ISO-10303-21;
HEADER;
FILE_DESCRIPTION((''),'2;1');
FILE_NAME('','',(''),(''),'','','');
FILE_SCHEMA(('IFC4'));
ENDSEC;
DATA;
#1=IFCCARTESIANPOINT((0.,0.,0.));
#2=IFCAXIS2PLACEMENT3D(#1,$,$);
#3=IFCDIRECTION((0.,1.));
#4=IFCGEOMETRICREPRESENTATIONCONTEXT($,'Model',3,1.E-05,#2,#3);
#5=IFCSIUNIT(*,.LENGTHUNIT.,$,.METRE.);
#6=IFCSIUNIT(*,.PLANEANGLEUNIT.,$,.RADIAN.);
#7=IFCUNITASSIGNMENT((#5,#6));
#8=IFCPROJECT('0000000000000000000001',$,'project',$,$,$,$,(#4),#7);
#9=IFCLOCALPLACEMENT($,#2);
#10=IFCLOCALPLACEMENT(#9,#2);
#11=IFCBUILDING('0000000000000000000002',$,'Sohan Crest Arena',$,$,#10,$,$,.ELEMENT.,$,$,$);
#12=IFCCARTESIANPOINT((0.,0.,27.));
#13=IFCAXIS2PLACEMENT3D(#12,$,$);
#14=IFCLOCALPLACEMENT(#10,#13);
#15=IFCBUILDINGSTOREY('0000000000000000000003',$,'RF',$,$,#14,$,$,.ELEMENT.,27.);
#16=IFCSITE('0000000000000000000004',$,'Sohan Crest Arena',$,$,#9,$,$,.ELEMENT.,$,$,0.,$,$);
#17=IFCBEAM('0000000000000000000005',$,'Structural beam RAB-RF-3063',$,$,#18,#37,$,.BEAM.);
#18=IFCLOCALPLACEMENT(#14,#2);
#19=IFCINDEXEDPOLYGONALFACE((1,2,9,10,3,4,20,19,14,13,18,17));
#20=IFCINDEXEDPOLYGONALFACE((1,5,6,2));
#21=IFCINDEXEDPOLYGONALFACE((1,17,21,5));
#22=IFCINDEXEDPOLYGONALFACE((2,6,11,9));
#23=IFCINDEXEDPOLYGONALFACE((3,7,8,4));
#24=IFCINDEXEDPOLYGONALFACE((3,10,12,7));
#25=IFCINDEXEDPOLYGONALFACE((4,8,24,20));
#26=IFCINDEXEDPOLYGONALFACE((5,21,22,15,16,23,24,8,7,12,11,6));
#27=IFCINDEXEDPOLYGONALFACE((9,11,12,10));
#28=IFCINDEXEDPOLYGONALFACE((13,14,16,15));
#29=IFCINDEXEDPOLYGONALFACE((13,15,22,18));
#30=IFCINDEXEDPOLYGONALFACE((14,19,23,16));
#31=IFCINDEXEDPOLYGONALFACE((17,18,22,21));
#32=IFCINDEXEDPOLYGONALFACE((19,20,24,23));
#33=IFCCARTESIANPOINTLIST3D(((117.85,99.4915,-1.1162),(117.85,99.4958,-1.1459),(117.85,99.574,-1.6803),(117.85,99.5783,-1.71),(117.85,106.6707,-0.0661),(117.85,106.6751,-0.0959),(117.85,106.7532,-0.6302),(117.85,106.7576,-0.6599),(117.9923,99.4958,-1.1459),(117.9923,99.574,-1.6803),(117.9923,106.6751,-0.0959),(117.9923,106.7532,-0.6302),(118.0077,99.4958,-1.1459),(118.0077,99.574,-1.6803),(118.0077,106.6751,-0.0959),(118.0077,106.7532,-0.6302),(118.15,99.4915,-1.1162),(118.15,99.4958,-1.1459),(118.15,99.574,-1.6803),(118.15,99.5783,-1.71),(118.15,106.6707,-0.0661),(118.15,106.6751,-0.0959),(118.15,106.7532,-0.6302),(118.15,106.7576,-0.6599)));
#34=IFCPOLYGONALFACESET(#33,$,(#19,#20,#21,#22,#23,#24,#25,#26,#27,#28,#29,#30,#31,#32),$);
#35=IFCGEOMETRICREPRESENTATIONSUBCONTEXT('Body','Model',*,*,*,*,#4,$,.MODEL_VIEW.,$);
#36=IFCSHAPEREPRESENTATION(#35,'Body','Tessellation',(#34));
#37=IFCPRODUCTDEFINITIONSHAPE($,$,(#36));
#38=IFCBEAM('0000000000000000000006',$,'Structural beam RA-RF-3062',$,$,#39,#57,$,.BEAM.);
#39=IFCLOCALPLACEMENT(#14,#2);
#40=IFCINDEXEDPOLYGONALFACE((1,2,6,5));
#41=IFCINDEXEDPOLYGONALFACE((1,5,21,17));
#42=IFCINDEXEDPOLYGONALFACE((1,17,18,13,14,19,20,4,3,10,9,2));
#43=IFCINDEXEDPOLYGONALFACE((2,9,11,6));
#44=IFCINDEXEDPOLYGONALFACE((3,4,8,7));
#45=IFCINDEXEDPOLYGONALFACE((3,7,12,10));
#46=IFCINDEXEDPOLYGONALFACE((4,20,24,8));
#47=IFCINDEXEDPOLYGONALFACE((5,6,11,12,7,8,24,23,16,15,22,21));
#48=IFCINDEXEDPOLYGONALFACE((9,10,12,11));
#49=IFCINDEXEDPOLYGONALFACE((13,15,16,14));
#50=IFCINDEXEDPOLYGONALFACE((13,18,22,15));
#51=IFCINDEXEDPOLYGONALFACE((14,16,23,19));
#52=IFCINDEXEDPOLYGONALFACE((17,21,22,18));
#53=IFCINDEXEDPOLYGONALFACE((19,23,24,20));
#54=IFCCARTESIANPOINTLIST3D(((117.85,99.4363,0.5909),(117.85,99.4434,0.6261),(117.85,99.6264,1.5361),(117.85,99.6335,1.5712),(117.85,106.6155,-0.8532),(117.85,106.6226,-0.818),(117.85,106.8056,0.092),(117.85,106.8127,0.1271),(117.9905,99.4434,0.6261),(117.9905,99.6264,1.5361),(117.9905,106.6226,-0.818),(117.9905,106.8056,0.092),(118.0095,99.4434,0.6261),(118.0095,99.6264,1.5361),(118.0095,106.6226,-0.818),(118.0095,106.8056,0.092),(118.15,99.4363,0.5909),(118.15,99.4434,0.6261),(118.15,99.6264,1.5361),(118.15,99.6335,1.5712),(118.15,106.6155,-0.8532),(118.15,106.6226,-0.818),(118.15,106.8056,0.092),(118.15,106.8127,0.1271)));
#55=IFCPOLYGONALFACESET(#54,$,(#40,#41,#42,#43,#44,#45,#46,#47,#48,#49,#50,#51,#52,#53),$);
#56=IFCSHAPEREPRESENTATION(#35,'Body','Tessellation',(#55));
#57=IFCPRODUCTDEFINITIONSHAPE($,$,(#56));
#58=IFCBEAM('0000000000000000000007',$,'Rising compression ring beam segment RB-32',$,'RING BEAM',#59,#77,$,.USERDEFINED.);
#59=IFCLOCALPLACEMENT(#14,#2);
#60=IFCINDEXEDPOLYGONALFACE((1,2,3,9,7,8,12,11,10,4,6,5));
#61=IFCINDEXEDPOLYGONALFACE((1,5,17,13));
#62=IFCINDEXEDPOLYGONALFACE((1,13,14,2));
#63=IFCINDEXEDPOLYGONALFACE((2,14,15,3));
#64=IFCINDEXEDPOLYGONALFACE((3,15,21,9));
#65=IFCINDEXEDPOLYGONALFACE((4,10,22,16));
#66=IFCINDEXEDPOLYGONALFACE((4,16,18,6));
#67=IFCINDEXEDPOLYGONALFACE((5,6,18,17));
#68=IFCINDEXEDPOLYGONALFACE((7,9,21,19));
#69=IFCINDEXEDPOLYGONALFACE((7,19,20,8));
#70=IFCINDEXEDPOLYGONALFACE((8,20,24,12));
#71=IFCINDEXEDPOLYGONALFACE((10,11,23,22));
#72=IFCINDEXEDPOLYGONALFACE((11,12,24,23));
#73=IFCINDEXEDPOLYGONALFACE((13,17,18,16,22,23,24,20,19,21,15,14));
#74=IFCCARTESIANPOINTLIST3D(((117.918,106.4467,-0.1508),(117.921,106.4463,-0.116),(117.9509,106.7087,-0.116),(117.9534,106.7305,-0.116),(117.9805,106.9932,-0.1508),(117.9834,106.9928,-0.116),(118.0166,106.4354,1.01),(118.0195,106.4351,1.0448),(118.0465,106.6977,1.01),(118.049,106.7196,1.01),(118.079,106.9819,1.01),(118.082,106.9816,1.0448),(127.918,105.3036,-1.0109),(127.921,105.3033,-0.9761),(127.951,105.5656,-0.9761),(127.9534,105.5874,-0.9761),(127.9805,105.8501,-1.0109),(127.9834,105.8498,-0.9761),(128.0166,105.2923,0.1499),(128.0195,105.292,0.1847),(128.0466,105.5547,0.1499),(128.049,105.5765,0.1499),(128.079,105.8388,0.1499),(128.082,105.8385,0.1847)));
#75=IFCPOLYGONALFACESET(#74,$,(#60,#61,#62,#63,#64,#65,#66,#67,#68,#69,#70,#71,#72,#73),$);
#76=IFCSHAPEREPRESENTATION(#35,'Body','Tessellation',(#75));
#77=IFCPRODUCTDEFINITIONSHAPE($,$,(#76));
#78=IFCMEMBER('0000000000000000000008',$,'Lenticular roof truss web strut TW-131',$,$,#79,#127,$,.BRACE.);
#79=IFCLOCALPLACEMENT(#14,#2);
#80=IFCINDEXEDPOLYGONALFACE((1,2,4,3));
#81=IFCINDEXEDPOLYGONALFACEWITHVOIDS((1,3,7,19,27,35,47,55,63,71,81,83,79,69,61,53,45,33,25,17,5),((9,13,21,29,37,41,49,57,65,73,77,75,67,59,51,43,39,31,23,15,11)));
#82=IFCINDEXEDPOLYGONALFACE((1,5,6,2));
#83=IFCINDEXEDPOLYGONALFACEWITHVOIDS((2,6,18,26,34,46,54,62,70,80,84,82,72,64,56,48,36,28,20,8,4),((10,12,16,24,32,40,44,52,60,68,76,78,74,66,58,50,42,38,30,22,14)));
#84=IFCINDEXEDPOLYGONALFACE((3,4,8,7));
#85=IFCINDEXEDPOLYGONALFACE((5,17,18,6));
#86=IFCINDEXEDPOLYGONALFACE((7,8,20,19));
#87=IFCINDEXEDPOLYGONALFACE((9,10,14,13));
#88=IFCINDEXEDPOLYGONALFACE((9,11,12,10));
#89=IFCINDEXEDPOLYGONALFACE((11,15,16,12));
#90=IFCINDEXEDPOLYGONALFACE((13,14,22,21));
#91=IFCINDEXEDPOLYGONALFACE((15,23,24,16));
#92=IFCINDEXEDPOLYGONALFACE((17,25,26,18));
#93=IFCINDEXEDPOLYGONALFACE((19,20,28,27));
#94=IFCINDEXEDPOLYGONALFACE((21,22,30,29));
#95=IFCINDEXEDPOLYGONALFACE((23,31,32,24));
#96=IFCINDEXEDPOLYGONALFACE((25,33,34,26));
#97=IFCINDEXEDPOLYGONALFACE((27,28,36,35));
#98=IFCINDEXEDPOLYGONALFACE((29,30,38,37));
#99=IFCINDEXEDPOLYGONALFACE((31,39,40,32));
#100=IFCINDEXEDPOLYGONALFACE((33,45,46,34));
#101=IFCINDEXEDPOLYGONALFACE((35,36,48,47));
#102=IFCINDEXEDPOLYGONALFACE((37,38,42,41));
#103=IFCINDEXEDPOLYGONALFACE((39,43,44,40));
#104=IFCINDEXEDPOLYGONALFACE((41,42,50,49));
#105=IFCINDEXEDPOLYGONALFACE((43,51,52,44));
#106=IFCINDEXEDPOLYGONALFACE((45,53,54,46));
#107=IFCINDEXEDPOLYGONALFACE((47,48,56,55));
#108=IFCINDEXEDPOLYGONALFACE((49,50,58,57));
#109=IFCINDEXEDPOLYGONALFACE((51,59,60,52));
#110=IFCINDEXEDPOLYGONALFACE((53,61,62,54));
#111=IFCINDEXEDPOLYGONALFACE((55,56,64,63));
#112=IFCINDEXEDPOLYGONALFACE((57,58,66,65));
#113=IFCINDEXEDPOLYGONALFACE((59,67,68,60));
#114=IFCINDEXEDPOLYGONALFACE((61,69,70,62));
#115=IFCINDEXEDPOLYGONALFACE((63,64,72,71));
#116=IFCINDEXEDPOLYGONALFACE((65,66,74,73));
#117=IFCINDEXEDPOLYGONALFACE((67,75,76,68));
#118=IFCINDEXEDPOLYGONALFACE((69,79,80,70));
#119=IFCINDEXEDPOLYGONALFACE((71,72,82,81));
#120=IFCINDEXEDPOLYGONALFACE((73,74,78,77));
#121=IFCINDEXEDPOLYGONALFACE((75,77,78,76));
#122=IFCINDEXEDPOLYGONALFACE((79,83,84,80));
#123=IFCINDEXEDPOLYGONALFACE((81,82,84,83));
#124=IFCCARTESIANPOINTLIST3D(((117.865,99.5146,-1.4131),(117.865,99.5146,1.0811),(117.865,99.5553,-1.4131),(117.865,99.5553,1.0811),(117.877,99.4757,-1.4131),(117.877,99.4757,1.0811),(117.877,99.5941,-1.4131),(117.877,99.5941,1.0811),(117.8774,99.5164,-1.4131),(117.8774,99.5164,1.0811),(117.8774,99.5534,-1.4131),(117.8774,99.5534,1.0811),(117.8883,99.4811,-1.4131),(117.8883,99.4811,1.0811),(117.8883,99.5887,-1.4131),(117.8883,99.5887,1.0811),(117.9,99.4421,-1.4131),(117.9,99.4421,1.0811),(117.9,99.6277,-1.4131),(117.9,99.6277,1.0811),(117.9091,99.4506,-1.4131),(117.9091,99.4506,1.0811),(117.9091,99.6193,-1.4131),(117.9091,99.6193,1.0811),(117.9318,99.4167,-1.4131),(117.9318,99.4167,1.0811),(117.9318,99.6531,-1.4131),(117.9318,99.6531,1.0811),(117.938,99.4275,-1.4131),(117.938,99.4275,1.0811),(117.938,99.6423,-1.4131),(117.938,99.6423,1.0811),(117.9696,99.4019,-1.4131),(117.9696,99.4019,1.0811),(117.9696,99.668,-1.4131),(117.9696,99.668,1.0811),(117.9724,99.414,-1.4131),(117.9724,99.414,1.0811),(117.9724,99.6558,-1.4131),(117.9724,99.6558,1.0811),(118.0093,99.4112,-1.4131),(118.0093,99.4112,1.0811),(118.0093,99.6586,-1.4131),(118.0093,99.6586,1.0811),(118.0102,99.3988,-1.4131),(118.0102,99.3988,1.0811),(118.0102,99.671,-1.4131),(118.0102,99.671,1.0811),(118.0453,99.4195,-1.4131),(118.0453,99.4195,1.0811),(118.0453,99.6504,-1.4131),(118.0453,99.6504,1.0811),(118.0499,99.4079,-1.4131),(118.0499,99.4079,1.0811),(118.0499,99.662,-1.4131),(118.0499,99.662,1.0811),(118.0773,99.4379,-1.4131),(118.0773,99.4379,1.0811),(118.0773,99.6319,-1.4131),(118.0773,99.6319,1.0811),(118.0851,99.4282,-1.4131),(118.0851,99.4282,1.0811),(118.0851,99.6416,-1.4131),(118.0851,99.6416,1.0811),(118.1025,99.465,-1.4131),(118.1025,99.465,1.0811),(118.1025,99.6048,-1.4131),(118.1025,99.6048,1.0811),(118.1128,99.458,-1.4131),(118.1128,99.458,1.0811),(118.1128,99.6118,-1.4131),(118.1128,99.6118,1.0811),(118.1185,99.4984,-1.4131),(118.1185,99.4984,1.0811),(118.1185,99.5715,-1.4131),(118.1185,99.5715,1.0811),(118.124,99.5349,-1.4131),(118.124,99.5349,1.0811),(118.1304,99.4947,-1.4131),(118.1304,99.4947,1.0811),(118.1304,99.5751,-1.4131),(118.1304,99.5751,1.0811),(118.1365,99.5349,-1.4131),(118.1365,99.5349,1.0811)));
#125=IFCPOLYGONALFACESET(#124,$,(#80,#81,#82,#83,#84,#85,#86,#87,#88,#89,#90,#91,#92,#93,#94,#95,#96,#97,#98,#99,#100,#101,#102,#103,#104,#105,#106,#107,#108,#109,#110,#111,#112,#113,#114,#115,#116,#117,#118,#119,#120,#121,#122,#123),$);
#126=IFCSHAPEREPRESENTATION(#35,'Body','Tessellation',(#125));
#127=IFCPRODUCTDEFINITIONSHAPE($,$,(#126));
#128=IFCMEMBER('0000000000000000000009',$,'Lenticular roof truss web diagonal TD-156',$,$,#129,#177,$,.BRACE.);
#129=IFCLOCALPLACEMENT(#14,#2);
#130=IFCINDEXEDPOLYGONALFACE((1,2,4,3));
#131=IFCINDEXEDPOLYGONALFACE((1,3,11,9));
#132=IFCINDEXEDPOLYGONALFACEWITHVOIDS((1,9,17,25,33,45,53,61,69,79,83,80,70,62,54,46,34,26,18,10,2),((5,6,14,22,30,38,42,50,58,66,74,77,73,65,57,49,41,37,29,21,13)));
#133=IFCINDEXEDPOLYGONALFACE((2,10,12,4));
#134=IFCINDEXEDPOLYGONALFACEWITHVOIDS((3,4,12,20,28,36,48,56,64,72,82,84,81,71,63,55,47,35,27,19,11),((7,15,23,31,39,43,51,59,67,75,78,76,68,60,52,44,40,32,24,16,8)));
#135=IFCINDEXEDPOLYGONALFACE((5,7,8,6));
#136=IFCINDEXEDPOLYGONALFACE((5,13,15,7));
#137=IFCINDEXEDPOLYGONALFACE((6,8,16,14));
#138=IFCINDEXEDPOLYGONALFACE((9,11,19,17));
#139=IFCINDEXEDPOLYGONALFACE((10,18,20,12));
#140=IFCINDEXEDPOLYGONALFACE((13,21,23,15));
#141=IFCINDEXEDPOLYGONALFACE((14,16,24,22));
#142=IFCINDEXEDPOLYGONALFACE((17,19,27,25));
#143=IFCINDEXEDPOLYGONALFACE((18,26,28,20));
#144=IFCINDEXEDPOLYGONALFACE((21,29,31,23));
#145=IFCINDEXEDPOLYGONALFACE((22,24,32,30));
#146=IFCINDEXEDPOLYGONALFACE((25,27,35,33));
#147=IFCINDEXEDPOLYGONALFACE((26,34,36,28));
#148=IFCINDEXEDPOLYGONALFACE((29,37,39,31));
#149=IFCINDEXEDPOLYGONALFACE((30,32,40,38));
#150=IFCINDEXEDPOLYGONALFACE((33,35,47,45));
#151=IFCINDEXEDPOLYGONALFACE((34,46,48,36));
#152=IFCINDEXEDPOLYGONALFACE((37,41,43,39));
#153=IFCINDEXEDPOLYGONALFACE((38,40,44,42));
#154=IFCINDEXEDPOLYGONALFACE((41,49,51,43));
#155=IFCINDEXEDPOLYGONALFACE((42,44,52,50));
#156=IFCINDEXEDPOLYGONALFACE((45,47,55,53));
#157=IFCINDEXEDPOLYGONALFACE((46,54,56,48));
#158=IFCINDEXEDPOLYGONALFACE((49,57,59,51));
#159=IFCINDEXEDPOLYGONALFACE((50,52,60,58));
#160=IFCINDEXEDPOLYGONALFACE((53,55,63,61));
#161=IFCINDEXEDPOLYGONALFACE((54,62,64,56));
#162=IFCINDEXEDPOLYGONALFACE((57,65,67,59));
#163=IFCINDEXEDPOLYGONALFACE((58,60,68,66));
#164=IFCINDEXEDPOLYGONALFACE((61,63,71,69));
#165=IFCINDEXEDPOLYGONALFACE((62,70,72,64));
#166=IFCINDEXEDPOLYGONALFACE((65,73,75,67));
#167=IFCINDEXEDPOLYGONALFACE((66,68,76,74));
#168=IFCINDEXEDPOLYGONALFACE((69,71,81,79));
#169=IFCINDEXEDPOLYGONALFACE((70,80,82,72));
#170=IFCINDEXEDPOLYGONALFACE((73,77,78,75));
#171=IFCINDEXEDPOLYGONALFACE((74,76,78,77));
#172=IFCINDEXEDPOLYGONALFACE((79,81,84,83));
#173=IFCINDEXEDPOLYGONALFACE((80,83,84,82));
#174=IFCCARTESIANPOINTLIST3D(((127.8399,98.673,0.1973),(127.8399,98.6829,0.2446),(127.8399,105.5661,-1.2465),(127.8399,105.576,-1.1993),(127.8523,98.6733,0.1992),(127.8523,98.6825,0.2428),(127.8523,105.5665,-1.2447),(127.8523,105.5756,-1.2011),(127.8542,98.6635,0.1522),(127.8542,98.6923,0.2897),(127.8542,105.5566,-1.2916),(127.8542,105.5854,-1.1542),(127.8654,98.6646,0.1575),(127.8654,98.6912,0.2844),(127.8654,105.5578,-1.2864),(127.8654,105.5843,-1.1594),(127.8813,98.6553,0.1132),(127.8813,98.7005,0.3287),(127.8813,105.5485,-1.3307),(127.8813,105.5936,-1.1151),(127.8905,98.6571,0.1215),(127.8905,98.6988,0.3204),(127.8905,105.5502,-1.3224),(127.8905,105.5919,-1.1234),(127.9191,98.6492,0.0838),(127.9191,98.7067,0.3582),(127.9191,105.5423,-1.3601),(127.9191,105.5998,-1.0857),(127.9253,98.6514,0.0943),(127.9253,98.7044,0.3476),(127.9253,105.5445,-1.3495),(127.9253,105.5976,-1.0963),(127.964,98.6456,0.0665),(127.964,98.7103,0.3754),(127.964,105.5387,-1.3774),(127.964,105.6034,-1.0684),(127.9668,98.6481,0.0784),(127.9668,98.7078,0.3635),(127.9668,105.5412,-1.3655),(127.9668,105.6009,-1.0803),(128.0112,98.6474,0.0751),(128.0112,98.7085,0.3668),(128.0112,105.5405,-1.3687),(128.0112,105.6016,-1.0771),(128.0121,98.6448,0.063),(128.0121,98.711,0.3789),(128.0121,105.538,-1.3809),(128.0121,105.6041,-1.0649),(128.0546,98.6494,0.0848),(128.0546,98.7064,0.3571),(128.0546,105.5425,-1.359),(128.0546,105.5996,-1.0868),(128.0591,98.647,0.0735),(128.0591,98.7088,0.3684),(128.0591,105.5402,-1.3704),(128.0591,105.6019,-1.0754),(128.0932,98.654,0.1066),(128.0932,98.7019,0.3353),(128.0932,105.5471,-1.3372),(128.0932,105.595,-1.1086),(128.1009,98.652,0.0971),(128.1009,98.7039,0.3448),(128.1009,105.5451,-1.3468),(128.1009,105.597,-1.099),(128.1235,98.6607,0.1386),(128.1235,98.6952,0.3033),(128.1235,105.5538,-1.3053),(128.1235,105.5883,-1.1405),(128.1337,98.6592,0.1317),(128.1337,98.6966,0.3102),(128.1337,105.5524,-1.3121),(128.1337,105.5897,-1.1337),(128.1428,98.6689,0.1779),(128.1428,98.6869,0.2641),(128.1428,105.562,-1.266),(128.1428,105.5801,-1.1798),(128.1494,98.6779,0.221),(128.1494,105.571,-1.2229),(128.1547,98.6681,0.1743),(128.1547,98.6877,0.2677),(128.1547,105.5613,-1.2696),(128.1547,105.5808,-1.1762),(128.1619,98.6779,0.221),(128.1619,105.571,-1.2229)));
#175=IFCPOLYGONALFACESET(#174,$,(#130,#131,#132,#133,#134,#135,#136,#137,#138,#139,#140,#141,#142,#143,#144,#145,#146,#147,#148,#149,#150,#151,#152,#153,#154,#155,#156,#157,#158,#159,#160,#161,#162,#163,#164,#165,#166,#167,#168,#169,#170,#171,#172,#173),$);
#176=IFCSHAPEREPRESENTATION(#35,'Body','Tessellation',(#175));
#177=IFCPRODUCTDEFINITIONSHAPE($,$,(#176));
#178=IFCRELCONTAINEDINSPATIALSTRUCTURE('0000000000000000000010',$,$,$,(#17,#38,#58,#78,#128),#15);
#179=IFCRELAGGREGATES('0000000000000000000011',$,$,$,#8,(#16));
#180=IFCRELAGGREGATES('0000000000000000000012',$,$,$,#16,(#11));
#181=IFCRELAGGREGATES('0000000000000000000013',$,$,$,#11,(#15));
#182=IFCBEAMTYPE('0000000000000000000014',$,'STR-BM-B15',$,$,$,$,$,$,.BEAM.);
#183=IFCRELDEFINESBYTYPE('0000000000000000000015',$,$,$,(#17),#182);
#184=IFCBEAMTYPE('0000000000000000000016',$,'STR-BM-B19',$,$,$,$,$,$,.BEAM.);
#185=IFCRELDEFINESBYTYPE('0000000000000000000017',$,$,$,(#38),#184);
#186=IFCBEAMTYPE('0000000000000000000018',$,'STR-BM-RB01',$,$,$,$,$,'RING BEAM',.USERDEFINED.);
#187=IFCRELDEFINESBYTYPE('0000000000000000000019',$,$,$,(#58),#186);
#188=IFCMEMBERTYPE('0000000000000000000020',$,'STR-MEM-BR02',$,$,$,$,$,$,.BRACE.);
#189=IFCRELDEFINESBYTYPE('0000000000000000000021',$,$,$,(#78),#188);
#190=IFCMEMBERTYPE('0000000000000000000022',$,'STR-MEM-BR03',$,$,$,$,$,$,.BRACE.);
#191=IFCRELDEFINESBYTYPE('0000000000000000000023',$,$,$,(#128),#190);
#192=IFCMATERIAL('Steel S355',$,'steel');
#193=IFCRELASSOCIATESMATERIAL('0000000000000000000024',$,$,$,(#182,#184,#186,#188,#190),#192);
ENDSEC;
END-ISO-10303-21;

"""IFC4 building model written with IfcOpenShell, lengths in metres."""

from ifc_helpers import new_model, si_unit, direction, frame, origin, origin_2d, place, context, subcontext, project, spatial, hollow_circle, i_section, extrude, material, material_profile, profile_set, type_object, element, save


model = new_model("IFC4")

# Units and contexts
model_context = context("Model", 3, precision=1e-05, world=origin(), true_north=direction((0.0, 1.0)))
body_context = subcontext(model_context, "Body", "Model", "MODEL_VIEW")
ifc_project = project(units=[si_unit("LENGTHUNIT", "METRE"), si_unit("PLANEANGLEUNIT", "RADIAN")], contexts=[model_context])

# Site, building, storey
site_placement = place(None, origin())
site = spatial("IfcSite", under=ifc_project, at=site_placement, Name="Sohan Crest Arena", CompositionType="ELEMENT", RefElevation=0.0)
building_placement = place(site_placement, origin())
building = spatial("IfcBuilding", under=site, at=building_placement, Name="Sohan Crest Arena", CompositionType="ELEMENT")
storey_placement = place(building_placement, frame((0.0, 0.0, 27.0)))
storey = spatial("IfcBuildingStorey", under=building, at=storey_placement, Name="RF", CompositionType="ELEMENT", Elevation=27.0)

# Beams
ifc_material_1 = material(Name="Steel S355", Category="steel")
ifc_material_profile_1 = material_profile(ifc_material_1, i_section(OverallWidth=0.3, OverallDepth=0.6001, WebThickness=0.0154, FlangeThickness=0.03, at=origin_2d()), Name="HEB 600")
ifc_profile_set_1 = profile_set([ifc_material_profile_1], Name="Steel S355")
beam_type_1 = type_object("IfcBeamType", Name="STR-BM-B15", PredefinedType="BEAM", material=ifc_profile_set_1)
beam_1_placement = place(storey_placement, frame((118.0, 99.5349, -1.4131), z_axis=(0.0, 0.989472, 0.144723), x_axis=(-1.0, 0.0, 0.0)))
element("IfcBeam", 1, at=beam_1_placement, inside=storey, type_object=beam_type_1, Name="Structural beam RAB-RF-3063", PredefinedType="BEAM", context=body_context, shape_type="SweptSolid", body=[
    extrude(i_section(OverallWidth=0.3, OverallDepth=0.6001, WebThickness=0.0154, FlangeThickness=0.03, at=origin_2d()), origin(), (0.0, 0.0, 1.0), 7.2556),
])
ifc_material_profile_2 = material_profile(ifc_material_1, i_section(OverallWidth=0.3, OverallDepth=1.0, WebThickness=0.019, FlangeThickness=0.0359, at=origin_2d()), Name="HEB 1000")
ifc_profile_set_2 = profile_set([ifc_material_profile_2], Name="Steel S355")
beam_type_2 = type_object("IfcBeamType", Name="STR-BM-B19", PredefinedType="BEAM", material=ifc_profile_set_2)
beam_2_placement = place(storey_placement, frame((118.0, 99.5349, 1.0811), z_axis=(0.0, 0.980363, -0.1972), x_axis=(-1.0, 0.0, 0.0)))
element("IfcBeam", 2, at=beam_2_placement, inside=storey, type_object=beam_type_2, Name="Structural beam RA-RF-3062", PredefinedType="BEAM", context=body_context, shape_type="SweptSolid", body=[
    extrude(i_section(OverallWidth=0.3, OverallDepth=1.0, WebThickness=0.019, FlangeThickness=0.0359, at=origin_2d()), origin(), (0.0, 0.0, 1.0), 7.323),
])
ifc_material_profile_3 = material_profile(ifc_material_1, i_section(OverallWidth=0.55, OverallDepth=1.2, WebThickness=0.022, FlangeThickness=0.0349, at=origin_2d()), Name="PG 1200x550x22x35")
ifc_profile_set_3 = profile_set([ifc_material_profile_3], Name="Steel S355")
beam_type_3 = type_object("IfcBeamType", Name="STR-BM-RB01", ElementType="RING BEAM", PredefinedType="USERDEFINED", material=ifc_profile_set_3)
beam_3_placement = place(storey_placement, frame((128.0, 105.571, -0.4131), z_axis=(-0.989922, 0.113155, 0.085144), x_axis=(-0.113567, -0.99353, 0.0)))
element("IfcBeam", 3, at=beam_3_placement, inside=storey, type_object=beam_type_3, Name="Rising compression ring beam segment RB-32", ObjectType="RING BEAM", PredefinedType="USERDEFINED", context=body_context, shape_type="SweptSolid", body=[
    extrude(i_section(OverallWidth=0.55, OverallDepth=1.2, WebThickness=0.022, FlangeThickness=0.0349, at=origin_2d()), origin(), (0.0, 0.0, 1.0), 10.1018),
])

# Members
ifc_material_profile_4 = material_profile(ifc_material_1, hollow_circle(Radius=0.1365, WallThickness=0.0125, at=origin_2d()), Name="CHS 273x12.5")
ifc_profile_set_4 = profile_set([ifc_material_profile_4], Name="Steel S355")
member_type_1 = type_object("IfcMemberType", Name="STR-MEM-BR02", PredefinedType="BRACE", material=ifc_profile_set_4)
member_1_placement = place(storey_placement, frame((118.0, 99.5349, -1.4131), z_axis=(0.0, 0.0, 1.0), x_axis=(1.0, 0.0, 0.0)))
element("IfcMember", 4, at=member_1_placement, inside=storey, type_object=member_type_1, Name="Lenticular roof truss web strut TW-131", PredefinedType="BRACE", context=body_context, shape_type="SweptSolid", body=[
    extrude(hollow_circle(Radius=0.1365, WallThickness=0.0125, at=origin_2d()), origin(), (0.0, 0.0, 1.0), 2.4941),
])
ifc_material_profile_5 = material_profile(ifc_material_1, hollow_circle(Radius=0.1619, WallThickness=0.0125, at=origin_2d()), Name="CHS 323.9x12.5")
ifc_profile_set_5 = profile_set([ifc_material_profile_5], Name="Steel S355")
member_type_2 = type_object("IfcMemberType", Name="STR-MEM-BR03", PredefinedType="BRACE", material=ifc_profile_set_5)
member_2_placement = place(storey_placement, frame((128.0, 105.571, -1.2229), z_axis=(0.0, -0.978759, 0.205015), x_axis=(1.0, 0.0, 0.0)))
element("IfcMember", 5, at=member_2_placement, inside=storey, type_object=member_type_2, Name="Lenticular roof truss web diagonal TD-156", PredefinedType="BRACE", context=body_context, shape_type="SweptSolid", body=[
    extrude(hollow_circle(Radius=0.1619, WallThickness=0.0125, at=origin_2d()), origin(), (0.0, 0.0, 1.0), 7.0427),
])

save(model, "model.ifc")
